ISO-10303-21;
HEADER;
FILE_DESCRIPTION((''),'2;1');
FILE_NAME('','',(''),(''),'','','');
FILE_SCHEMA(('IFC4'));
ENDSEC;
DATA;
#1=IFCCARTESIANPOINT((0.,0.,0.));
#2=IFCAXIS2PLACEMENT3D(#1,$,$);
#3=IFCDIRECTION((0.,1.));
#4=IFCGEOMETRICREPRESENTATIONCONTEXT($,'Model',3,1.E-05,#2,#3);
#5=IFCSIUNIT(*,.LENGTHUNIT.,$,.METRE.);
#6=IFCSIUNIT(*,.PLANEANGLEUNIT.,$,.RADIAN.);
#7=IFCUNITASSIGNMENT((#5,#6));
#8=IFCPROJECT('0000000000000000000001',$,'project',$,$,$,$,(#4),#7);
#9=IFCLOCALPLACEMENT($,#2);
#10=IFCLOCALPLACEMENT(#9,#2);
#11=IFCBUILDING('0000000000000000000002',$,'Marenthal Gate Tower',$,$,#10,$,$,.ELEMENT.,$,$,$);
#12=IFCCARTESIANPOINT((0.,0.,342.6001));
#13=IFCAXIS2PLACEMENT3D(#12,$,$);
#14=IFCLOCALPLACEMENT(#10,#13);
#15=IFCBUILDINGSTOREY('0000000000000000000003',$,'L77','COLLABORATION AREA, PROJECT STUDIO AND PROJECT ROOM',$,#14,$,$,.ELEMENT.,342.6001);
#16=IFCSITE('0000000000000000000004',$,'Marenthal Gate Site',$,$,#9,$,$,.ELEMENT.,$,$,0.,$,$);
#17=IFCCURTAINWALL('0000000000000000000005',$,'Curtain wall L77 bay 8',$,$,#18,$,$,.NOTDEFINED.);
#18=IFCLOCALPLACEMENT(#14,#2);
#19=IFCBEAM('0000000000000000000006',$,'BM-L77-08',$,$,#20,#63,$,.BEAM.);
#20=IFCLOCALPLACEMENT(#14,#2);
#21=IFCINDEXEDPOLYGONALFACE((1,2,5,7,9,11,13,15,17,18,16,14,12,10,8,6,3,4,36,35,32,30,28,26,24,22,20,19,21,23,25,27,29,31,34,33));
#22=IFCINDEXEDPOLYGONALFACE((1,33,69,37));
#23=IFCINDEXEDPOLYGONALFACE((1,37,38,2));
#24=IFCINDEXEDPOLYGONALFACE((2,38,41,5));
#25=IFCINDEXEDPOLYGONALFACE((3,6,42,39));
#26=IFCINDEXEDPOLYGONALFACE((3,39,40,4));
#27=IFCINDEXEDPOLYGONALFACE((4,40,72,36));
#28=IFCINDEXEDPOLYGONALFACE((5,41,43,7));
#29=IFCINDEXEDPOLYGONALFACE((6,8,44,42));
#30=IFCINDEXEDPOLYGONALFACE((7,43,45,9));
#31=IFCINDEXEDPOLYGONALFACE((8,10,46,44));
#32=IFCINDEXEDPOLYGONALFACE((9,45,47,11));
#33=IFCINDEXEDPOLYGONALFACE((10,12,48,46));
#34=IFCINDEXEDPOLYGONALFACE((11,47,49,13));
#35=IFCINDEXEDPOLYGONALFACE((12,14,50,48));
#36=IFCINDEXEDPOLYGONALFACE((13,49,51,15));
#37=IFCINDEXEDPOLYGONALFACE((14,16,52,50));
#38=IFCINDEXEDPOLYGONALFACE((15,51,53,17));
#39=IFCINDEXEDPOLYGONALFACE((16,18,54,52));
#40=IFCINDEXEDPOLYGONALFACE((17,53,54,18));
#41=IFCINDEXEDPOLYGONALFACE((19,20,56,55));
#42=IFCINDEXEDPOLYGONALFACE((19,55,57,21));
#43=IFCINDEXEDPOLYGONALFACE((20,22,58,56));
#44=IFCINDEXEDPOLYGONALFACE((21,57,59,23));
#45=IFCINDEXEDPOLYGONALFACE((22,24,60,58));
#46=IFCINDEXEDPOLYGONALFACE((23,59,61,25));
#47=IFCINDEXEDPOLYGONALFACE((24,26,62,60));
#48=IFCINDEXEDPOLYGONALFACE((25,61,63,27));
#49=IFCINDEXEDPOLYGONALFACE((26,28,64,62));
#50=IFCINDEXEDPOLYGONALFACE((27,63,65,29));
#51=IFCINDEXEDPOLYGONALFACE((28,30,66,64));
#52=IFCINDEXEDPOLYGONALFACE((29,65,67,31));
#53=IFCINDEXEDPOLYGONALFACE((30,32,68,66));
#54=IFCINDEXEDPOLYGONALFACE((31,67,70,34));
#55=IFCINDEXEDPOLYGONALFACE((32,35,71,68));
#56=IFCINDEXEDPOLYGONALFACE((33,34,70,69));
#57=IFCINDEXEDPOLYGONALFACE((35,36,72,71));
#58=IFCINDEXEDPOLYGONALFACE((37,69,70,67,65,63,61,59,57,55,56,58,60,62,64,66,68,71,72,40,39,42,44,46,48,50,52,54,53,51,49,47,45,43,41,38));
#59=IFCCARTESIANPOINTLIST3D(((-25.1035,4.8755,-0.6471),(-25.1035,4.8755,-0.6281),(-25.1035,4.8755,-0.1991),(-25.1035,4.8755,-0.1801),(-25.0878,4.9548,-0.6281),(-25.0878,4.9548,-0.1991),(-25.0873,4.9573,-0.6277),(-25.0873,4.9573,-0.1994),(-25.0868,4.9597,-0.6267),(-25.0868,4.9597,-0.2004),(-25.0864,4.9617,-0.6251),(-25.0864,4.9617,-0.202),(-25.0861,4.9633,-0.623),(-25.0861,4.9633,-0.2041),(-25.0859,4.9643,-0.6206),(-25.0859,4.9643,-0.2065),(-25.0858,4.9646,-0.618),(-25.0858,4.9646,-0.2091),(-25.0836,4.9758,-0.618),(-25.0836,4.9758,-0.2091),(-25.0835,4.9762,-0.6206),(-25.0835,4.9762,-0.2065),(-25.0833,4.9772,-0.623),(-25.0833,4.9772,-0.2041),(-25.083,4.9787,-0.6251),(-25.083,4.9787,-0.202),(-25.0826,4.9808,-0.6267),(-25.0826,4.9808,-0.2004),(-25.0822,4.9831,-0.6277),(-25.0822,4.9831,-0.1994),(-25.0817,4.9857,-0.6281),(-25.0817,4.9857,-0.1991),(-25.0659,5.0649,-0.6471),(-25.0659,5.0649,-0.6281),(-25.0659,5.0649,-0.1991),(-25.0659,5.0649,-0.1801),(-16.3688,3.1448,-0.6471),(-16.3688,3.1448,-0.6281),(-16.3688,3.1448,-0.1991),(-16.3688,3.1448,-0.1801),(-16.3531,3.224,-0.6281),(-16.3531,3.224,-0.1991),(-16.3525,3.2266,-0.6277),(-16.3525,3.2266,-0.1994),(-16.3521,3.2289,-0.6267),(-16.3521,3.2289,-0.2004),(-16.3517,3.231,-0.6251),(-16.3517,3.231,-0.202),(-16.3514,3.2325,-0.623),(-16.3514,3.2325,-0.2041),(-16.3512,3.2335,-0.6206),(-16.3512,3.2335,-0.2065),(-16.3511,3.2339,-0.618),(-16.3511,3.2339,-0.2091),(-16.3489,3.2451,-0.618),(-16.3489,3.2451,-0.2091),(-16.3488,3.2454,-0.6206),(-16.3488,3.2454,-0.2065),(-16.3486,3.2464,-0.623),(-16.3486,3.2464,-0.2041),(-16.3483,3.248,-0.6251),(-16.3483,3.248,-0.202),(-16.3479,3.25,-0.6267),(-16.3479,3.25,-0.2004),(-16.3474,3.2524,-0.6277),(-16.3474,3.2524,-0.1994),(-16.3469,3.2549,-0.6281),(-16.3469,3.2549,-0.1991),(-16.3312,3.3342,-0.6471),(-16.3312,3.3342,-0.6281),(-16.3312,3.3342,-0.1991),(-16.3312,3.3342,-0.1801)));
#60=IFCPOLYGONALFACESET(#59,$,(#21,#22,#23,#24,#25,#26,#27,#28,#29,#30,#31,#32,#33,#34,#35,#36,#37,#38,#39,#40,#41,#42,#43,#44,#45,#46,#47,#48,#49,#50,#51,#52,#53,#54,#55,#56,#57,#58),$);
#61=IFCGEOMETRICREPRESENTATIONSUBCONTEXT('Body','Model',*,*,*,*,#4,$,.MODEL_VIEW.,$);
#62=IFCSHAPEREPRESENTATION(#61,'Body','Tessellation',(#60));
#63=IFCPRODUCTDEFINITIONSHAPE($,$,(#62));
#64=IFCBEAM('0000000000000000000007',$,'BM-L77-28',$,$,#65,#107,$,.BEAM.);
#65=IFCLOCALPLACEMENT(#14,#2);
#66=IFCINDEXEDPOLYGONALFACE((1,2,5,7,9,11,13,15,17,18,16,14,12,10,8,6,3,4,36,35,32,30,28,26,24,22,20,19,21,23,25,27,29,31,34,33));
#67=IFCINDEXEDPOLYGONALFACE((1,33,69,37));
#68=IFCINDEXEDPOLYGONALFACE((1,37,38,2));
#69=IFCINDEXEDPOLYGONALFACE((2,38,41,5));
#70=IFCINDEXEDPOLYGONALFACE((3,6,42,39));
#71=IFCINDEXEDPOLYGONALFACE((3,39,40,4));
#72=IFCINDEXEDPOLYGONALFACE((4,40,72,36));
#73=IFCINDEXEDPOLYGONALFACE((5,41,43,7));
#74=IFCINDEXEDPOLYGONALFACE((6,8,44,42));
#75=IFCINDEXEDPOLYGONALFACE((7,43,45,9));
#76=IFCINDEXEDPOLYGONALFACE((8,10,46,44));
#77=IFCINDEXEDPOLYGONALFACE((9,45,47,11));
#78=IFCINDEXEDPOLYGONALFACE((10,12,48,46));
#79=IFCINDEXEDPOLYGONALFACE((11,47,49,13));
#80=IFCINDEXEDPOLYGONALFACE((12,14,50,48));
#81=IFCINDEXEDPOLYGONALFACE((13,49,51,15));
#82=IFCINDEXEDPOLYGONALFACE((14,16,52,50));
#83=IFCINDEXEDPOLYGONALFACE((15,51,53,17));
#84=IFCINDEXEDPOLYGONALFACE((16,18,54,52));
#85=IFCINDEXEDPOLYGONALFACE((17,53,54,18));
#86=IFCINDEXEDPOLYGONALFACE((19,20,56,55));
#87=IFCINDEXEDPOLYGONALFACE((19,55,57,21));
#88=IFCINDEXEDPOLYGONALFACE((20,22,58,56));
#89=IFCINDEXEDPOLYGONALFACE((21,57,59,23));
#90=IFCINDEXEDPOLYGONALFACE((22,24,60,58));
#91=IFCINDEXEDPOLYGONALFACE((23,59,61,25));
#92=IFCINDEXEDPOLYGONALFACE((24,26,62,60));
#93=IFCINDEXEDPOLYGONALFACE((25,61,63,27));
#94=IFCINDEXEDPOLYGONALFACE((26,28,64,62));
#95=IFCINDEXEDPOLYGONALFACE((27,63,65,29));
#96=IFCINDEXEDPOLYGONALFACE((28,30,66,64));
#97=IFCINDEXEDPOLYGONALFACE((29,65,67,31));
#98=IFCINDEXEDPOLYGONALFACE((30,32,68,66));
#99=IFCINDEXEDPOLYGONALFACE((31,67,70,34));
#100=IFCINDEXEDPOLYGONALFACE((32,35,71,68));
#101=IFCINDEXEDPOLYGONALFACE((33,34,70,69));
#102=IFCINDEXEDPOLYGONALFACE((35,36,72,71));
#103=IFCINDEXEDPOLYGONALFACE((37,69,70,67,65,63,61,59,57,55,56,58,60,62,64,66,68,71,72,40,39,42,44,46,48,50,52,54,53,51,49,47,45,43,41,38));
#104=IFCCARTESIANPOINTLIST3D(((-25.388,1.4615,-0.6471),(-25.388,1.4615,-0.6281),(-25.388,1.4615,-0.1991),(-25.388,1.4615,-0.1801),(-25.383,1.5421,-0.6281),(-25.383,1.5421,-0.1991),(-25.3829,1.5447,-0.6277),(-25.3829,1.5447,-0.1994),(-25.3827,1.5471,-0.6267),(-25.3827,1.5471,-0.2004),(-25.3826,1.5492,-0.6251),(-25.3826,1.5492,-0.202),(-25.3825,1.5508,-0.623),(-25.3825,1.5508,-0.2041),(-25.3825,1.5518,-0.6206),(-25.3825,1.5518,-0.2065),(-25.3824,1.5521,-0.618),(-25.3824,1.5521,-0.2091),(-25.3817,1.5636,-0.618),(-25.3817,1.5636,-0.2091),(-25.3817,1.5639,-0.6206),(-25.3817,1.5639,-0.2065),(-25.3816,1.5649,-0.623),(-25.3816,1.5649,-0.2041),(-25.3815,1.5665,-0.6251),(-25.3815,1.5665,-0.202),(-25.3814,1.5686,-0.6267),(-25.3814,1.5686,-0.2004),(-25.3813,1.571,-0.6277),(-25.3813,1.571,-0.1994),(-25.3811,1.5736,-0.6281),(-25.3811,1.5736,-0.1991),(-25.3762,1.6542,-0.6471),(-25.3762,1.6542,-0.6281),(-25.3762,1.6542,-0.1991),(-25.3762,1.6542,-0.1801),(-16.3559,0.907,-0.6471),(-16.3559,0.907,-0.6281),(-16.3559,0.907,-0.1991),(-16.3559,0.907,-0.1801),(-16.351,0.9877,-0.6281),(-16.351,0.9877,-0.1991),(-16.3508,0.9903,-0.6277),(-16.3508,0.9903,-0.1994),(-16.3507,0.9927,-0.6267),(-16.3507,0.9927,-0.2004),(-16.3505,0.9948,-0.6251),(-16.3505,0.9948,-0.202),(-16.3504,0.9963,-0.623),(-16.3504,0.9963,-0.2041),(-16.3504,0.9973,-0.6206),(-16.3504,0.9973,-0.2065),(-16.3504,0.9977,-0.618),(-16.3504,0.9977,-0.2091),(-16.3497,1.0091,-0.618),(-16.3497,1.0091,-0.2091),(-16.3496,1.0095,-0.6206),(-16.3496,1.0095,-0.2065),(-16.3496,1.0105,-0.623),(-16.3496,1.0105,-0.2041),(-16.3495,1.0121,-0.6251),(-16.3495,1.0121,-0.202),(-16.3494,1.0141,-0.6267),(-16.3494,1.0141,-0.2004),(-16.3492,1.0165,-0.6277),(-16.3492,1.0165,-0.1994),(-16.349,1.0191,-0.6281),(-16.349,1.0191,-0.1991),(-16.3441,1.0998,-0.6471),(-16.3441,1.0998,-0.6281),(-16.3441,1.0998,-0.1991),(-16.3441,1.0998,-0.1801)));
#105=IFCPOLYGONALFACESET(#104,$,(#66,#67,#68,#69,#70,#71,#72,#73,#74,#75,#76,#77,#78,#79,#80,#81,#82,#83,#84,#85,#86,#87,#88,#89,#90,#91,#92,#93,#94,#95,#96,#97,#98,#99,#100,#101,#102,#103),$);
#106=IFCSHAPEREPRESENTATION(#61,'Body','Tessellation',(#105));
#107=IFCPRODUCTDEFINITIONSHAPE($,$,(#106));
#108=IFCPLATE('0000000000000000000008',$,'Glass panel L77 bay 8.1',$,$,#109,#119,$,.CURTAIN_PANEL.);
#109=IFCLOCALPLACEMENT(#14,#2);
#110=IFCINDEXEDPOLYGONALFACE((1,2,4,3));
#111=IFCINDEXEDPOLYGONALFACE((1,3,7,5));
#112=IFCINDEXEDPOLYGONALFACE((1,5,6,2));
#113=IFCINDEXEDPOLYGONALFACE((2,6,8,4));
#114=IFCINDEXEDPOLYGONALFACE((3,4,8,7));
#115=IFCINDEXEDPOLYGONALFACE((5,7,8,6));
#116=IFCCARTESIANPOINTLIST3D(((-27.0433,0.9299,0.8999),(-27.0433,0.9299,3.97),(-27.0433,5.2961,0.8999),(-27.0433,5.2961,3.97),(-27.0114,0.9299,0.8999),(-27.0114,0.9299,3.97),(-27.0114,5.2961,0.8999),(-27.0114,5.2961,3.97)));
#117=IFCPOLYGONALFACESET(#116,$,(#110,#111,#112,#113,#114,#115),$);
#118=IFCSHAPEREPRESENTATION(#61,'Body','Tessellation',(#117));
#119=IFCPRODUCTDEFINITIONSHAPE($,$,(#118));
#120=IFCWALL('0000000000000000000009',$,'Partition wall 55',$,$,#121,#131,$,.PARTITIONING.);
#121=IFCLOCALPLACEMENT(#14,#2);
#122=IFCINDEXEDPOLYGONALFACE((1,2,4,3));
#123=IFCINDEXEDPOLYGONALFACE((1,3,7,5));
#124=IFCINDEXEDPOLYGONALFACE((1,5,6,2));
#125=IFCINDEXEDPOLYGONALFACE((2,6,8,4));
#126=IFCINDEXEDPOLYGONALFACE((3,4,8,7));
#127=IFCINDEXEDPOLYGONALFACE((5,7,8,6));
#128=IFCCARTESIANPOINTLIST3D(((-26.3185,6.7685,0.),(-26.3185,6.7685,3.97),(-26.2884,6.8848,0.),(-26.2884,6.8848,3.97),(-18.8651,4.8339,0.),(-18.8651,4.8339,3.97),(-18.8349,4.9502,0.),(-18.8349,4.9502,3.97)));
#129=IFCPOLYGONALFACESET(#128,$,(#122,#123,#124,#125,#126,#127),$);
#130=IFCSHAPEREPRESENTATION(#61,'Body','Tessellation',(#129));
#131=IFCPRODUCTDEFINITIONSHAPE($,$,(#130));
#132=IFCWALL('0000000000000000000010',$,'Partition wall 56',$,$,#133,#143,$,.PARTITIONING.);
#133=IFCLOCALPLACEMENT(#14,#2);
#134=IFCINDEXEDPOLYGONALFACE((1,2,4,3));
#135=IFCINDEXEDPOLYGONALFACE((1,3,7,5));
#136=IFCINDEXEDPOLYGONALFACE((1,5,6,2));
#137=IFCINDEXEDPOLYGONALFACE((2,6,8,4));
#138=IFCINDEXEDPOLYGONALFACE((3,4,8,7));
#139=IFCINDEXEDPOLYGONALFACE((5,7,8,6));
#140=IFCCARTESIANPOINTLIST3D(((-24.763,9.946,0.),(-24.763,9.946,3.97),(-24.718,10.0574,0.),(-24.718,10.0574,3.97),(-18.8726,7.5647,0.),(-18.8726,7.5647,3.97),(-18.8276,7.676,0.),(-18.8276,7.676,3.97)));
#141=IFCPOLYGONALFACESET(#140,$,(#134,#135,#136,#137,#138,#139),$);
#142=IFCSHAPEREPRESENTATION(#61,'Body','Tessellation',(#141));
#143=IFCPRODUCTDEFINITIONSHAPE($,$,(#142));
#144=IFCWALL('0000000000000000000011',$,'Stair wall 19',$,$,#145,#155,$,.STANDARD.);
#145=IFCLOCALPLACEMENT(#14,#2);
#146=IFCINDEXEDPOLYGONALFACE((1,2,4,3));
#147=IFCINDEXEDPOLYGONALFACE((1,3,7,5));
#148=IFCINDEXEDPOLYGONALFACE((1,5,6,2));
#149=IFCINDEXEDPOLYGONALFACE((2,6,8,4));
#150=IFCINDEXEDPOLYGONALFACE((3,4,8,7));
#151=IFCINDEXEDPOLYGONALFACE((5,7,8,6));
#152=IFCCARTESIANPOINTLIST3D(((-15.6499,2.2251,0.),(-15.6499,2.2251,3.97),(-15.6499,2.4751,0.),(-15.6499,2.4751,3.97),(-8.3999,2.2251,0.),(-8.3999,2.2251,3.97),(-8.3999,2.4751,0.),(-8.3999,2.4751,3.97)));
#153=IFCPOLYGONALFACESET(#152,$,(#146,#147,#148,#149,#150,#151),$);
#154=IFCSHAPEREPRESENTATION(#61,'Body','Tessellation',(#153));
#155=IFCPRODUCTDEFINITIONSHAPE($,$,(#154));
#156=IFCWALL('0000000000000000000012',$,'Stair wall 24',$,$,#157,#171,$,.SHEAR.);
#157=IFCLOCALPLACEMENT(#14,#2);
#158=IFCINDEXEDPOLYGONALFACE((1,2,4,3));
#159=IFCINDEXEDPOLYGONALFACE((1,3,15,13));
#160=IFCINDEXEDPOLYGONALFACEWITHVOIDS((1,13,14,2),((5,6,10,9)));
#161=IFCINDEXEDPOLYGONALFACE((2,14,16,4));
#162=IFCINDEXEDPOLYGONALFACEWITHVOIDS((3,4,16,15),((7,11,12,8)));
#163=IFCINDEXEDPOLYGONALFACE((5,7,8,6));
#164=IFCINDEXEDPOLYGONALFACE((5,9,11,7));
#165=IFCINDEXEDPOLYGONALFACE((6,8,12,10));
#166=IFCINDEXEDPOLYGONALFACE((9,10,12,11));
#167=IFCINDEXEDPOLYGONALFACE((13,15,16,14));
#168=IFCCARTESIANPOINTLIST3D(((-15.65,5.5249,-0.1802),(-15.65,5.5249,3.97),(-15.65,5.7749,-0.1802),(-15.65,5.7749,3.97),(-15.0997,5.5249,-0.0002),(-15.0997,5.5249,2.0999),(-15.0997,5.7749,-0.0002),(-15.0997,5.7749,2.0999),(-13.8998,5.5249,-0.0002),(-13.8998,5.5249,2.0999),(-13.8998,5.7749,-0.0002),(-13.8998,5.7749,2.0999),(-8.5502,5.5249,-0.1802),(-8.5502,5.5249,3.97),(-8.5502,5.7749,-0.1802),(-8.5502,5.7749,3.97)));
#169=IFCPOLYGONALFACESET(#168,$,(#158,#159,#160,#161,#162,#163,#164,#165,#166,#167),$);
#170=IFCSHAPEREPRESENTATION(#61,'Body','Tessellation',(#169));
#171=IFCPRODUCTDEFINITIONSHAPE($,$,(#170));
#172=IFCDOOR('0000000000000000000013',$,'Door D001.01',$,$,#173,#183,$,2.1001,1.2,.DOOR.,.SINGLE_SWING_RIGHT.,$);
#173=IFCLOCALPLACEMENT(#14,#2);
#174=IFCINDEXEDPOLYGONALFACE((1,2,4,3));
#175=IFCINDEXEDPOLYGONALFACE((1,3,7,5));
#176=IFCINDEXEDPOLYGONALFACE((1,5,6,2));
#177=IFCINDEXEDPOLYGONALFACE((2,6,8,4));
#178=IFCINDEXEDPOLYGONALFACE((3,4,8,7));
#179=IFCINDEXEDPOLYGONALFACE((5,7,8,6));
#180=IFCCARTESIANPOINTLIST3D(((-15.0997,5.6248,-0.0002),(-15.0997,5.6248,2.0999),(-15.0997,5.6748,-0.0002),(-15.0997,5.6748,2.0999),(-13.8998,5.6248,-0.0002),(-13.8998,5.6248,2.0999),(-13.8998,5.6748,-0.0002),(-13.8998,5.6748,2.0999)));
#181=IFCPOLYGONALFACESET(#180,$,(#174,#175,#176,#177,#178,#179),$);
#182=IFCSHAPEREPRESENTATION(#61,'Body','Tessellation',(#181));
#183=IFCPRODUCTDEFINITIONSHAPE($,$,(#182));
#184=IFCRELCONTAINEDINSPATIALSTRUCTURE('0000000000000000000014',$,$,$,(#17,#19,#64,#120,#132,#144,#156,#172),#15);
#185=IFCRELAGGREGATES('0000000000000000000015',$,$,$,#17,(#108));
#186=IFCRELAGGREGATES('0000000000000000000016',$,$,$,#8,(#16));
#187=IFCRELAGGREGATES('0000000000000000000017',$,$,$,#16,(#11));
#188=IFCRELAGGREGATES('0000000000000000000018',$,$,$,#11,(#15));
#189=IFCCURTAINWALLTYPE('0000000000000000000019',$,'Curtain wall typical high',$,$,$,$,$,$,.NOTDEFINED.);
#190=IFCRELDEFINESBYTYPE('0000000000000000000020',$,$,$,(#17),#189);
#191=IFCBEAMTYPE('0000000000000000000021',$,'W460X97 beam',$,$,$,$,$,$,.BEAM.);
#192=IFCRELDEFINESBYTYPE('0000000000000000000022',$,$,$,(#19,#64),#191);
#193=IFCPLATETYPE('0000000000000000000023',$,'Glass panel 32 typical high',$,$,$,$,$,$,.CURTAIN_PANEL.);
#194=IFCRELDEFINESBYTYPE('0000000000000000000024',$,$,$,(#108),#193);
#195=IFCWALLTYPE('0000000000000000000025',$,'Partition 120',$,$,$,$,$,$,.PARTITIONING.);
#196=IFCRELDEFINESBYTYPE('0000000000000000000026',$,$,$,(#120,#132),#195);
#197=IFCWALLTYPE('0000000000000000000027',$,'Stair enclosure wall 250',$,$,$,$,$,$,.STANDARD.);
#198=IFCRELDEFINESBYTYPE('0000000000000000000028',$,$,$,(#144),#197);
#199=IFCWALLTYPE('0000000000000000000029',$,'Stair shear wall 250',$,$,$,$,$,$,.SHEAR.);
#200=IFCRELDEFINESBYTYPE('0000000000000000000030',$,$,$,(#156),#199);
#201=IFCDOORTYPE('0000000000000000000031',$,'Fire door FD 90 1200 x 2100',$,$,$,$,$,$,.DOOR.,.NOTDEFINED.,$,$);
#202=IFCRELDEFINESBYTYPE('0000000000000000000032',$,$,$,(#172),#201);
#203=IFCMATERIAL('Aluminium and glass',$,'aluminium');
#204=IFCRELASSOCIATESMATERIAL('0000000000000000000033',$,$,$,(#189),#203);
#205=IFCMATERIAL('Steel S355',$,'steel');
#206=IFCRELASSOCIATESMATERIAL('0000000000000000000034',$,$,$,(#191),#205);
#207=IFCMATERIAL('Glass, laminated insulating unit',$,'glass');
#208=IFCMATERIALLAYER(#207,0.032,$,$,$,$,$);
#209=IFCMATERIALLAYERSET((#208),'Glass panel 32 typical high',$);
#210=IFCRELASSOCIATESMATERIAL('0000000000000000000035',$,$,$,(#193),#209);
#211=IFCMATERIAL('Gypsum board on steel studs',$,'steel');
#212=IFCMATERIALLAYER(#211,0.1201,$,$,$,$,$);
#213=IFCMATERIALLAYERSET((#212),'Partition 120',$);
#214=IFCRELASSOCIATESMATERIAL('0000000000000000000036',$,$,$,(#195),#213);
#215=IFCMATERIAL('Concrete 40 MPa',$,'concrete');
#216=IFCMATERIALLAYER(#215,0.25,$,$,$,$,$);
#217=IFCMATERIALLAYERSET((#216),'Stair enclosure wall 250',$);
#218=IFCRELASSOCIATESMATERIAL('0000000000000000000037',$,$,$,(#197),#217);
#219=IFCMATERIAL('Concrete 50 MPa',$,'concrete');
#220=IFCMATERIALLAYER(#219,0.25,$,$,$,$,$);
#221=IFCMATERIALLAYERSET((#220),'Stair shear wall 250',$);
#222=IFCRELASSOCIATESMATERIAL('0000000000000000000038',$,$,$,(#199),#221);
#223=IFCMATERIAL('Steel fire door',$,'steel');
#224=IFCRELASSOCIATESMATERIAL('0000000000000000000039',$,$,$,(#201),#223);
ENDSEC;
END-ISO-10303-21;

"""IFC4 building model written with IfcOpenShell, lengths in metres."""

from ifc_helpers import new_model, si_unit, direction, frame, frame_2d, origin, origin_2d, place, context, subcontext, project, spatial, rectangle, i_section, extrude, material, layer, layer_set, material_profile, profile_set, type_object, element, fill, aggregate, save


model = new_model("IFC4")

# Units and contexts
model_context = context("Model", 3, precision=1e-05, world=origin(), true_north=direction((0.0, 1.0)))
body_context = subcontext(model_context, "Body", "Model", "MODEL_VIEW")
ifc_project = project(units=[si_unit("LENGTHUNIT", "METRE"), si_unit("PLANEANGLEUNIT", "RADIAN")], contexts=[model_context])

# Site, building, storey
site_placement = place(None, origin())
site = spatial("IfcSite", under=ifc_project, at=site_placement, Name="Marenthal Gate Site", CompositionType="ELEMENT", RefElevation=0.0)
building_placement = place(site_placement, origin())
building = spatial("IfcBuilding", under=site, at=building_placement, Name="Marenthal Gate Tower", CompositionType="ELEMENT")
storey_placement = place(building_placement, frame((0.0, 0.0, 342.6001)))
storey = spatial("IfcBuildingStorey", under=building, at=storey_placement, Name="L77", Description="COLLABORATION AREA, PROJECT STUDIO AND PROJECT ROOM", CompositionType="ELEMENT", Elevation=342.6001)

# Curtain wall
ifc_material_1 = material(Name="Aluminium and glass", Category="aluminium")
curtain_wall_type = type_object("IfcCurtainWallType", Name="Curtain wall typical high", PredefinedType="NOTDEFINED", material=ifc_material_1)
curtain_wall_placement = place(storey_placement, origin())
curtain_wall = element("IfcCurtainWall", 1, at=curtain_wall_placement, inside=storey, type_object=curtain_wall_type, Name="Curtain wall L77 bay 8", PredefinedType="NOTDEFINED")

# Beams
ifc_material_2 = material(Name="Steel S355", Category="steel")
ifc_material_profile_1 = material_profile(ifc_material_2, i_section(OverallWidth=0.1931, OverallDepth=0.467, WebThickness=0.0115, FlangeThickness=0.019, FilletRadius=0.01, at=origin_2d()), Name="W460X97")
ifc_profile_set_1 = profile_set([ifc_material_profile_1], Name="Steel S355")
beam_type_1 = type_object("IfcBeamType", Name="W460X97 beam", PredefinedType="BEAM", material=ifc_profile_set_1)
beam_1_placement = place(storey_placement, frame((-25.0847, 4.9702, -0.4136), z_axis=(0.980929, -0.194365, 0.0), x_axis=(0.194365, 0.980929, 0.0)))
element("IfcBeam", 2, at=beam_1_placement, inside=storey, type_object=beam_type_1, Name="BM-L77-08", PredefinedType="BEAM", context=body_context, shape_type="SweptSolid", body=[
    extrude(i_section(OverallWidth=0.1931, OverallDepth=0.467, WebThickness=0.0115, FlangeThickness=0.019, FilletRadius=0.01, at=origin_2d()), origin(), (0.0, 0.0, 1.0), 8.9045),
])
beam_2_placement = place(storey_placement, frame((-25.3821, 1.5579, -0.4136), z_axis=(0.998121, -0.061271, 0.0), x_axis=(0.061271, 0.998121, 0.0)))
element("IfcBeam", 3, at=beam_2_placement, inside=storey, type_object=beam_type_1, Name="BM-L77-28", PredefinedType="BEAM", context=body_context, shape_type="SweptSolid", body=[
    extrude(i_section(OverallWidth=0.1931, OverallDepth=0.467, WebThickness=0.0115, FlangeThickness=0.019, FilletRadius=0.01, at=origin_2d()), origin(), (0.0, 0.0, 1.0), 9.0491),
])

# Plate
ifc_material_3 = material(Name="Glass, laminated insulating unit", Category="glass")
ifc_layer_1 = layer(ifc_material_3, 0.032)
ifc_layer_set_1 = layer_set([ifc_layer_1], Name="Glass panel 32 typical high")
plate_type = type_object("IfcPlateType", Name="Glass panel 32 typical high", PredefinedType="CURTAIN_PANEL", material=ifc_layer_set_1)
plate_placement = place(storey_placement, frame((-27.0273, 3.113, 0.8999), z_axis=(0.0, 0.0, 1.0), x_axis=(0.0, -1.0, 0.0)))
plate = element("IfcPlate", 4, at=plate_placement, type_object=plate_type, Name="Glass panel L77 bay 8.1", PredefinedType="CURTAIN_PANEL", context=body_context, shape_type="SweptSolid", body=[
    extrude(rectangle(XDim=4.3662, YDim=0.032, at=origin_2d()), origin(), (0.0, 0.0, 1.0), 3.0701),
])
aggregate(curtain_wall, [plate])

# Walls
ifc_material_4 = material(Name="Gypsum board on steel studs", Category="steel")
ifc_layer_2 = layer(ifc_material_4, 0.1201)
ifc_layer_set_2 = layer_set([ifc_layer_2], Name="Partition 120")
wall_type_1 = type_object("IfcWallType", Name="Partition 120", PredefinedType="PARTITIONING", material=ifc_layer_set_2)
wall_1_placement = place(storey_placement, frame((-18.8501, 4.8921, 0.0), z_axis=(0.0, 0.0, 1.0), x_axis=(-0.967927, 0.251232, 0.0)))
element("IfcWall", 5, at=wall_1_placement, inside=storey, type_object=wall_type_1, Name="Partition wall 55", PredefinedType="PARTITIONING", context=body_context, shape_type="SweptSolid", body=[
    extrude(rectangle(XDim=7.7004, YDim=0.1201, at=frame_2d((3.8501, 0.0))), origin(), (0.0, 0.0, 1.0), 3.97),
])
wall_2_placement = place(storey_placement, frame((-18.8501, 7.6204, 0.0), z_axis=(0.0, 0.0, 1.0), x_axis=(-0.927103, 0.374807, 0.0)))
element("IfcWall", 6, at=wall_2_placement, inside=storey, type_object=wall_type_1, Name="Partition wall 56", PredefinedType="PARTITIONING", context=body_context, shape_type="SweptSolid", body=[
    extrude(rectangle(XDim=6.3535, YDim=0.1201, at=frame_2d((3.1768, 0.0))), origin(), (0.0, 0.0, 1.0), 3.97),
])
ifc_material_5 = material(Name="Concrete 40 MPa", Category="concrete")
ifc_layer_3 = layer(ifc_material_5, 0.25)
ifc_layer_set_3 = layer_set([ifc_layer_3], Name="Stair enclosure wall 250")
wall_type_2 = type_object("IfcWallType", Name="Stair enclosure wall 250", PredefinedType="STANDARD", material=ifc_layer_set_3)
wall_3_placement = place(storey_placement, frame((-15.6499, 2.3501, 0.0), z_axis=(0.0, 0.0, 1.0), x_axis=(1.0, 0.0, 0.0)))
element("IfcWall", 7, at=wall_3_placement, inside=storey, type_object=wall_type_2, Name="Stair wall 19", PredefinedType="STANDARD", context=body_context, shape_type="SweptSolid", body=[
    extrude(rectangle(XDim=7.25, YDim=0.25, at=frame_2d((3.625, 0.0))), origin(), (0.0, 0.0, 1.0), 3.97),
])

# Wall, opening, door
ifc_material_6 = material(Name="Concrete 50 MPa", Category="concrete")
ifc_layer_4 = layer(ifc_material_6, 0.25)
ifc_layer_set_4 = layer_set([ifc_layer_4], Name="Stair shear wall 250")
wall_type_3 = type_object("IfcWallType", Name="Stair shear wall 250", PredefinedType="SHEAR", material=ifc_layer_set_4)
wall_4_placement = place(storey_placement, frame((-15.6499, 5.6499, -0.1802), z_axis=(0.0, 0.0, 1.0), x_axis=(1.0, 0.0, 0.0)))
wall_4 = element("IfcWall", 8, at=wall_4_placement, inside=storey, type_object=wall_type_3, Name="Stair wall 24", PredefinedType="SHEAR", context=body_context, shape_type="SweptSolid", body=[
    extrude(rectangle(XDim=7.0999, YDim=0.25, at=frame_2d((3.5498, 0.0))), origin(), (0.0, 0.0, 1.0), 4.1501),
])
opening_placement = place(wall_4_placement, frame((0.55, 0.0, 0.1799)))
opening = element("IfcOpeningElement", 9, at=opening_placement, cuts=wall_4, PredefinedType="OPENING", context=body_context, shape_type="SweptSolid", body=[
    extrude(rectangle(XDim=1.2, YDim=2.1001, at=frame_2d((0.6001, 1.05))), frame((0.0, 0.135, 0.0), z_axis=(0.0, -1.0, 0.0), x_axis=(1.0, 0.0, 0.0)), (0.0, 0.0, 1.0), 0.27),
])
ifc_material_7 = material(Name="Steel fire door", Category="steel")
door_type = type_object("IfcDoorType", Name="Fire door FD 90 1200 x 2100", OperationType="NOTDEFINED", PredefinedType="DOOR", material=ifc_material_7)
door_placement = place(opening_placement, origin())
door = element("IfcDoor", 10, at=door_placement, inside=storey, type_object=door_type, Name="Door D001.01", OperationType="SINGLE_SWING_RIGHT", OverallHeight=2.1001, OverallWidth=1.2, PredefinedType="DOOR", context=body_context, shape_type="SweptSolid", body=[
    extrude(rectangle(XDim=1.2, YDim=2.1001, at=frame_2d((0.6001, 1.05))), frame((0.0, 0.0249, 0.0), z_axis=(0.0, -1.0, 0.0), x_axis=(1.0, 0.0, 0.0)), (0.0, 0.0, 1.0), 0.05),
])
fill(opening, door)

save(model, "model.ifc")
